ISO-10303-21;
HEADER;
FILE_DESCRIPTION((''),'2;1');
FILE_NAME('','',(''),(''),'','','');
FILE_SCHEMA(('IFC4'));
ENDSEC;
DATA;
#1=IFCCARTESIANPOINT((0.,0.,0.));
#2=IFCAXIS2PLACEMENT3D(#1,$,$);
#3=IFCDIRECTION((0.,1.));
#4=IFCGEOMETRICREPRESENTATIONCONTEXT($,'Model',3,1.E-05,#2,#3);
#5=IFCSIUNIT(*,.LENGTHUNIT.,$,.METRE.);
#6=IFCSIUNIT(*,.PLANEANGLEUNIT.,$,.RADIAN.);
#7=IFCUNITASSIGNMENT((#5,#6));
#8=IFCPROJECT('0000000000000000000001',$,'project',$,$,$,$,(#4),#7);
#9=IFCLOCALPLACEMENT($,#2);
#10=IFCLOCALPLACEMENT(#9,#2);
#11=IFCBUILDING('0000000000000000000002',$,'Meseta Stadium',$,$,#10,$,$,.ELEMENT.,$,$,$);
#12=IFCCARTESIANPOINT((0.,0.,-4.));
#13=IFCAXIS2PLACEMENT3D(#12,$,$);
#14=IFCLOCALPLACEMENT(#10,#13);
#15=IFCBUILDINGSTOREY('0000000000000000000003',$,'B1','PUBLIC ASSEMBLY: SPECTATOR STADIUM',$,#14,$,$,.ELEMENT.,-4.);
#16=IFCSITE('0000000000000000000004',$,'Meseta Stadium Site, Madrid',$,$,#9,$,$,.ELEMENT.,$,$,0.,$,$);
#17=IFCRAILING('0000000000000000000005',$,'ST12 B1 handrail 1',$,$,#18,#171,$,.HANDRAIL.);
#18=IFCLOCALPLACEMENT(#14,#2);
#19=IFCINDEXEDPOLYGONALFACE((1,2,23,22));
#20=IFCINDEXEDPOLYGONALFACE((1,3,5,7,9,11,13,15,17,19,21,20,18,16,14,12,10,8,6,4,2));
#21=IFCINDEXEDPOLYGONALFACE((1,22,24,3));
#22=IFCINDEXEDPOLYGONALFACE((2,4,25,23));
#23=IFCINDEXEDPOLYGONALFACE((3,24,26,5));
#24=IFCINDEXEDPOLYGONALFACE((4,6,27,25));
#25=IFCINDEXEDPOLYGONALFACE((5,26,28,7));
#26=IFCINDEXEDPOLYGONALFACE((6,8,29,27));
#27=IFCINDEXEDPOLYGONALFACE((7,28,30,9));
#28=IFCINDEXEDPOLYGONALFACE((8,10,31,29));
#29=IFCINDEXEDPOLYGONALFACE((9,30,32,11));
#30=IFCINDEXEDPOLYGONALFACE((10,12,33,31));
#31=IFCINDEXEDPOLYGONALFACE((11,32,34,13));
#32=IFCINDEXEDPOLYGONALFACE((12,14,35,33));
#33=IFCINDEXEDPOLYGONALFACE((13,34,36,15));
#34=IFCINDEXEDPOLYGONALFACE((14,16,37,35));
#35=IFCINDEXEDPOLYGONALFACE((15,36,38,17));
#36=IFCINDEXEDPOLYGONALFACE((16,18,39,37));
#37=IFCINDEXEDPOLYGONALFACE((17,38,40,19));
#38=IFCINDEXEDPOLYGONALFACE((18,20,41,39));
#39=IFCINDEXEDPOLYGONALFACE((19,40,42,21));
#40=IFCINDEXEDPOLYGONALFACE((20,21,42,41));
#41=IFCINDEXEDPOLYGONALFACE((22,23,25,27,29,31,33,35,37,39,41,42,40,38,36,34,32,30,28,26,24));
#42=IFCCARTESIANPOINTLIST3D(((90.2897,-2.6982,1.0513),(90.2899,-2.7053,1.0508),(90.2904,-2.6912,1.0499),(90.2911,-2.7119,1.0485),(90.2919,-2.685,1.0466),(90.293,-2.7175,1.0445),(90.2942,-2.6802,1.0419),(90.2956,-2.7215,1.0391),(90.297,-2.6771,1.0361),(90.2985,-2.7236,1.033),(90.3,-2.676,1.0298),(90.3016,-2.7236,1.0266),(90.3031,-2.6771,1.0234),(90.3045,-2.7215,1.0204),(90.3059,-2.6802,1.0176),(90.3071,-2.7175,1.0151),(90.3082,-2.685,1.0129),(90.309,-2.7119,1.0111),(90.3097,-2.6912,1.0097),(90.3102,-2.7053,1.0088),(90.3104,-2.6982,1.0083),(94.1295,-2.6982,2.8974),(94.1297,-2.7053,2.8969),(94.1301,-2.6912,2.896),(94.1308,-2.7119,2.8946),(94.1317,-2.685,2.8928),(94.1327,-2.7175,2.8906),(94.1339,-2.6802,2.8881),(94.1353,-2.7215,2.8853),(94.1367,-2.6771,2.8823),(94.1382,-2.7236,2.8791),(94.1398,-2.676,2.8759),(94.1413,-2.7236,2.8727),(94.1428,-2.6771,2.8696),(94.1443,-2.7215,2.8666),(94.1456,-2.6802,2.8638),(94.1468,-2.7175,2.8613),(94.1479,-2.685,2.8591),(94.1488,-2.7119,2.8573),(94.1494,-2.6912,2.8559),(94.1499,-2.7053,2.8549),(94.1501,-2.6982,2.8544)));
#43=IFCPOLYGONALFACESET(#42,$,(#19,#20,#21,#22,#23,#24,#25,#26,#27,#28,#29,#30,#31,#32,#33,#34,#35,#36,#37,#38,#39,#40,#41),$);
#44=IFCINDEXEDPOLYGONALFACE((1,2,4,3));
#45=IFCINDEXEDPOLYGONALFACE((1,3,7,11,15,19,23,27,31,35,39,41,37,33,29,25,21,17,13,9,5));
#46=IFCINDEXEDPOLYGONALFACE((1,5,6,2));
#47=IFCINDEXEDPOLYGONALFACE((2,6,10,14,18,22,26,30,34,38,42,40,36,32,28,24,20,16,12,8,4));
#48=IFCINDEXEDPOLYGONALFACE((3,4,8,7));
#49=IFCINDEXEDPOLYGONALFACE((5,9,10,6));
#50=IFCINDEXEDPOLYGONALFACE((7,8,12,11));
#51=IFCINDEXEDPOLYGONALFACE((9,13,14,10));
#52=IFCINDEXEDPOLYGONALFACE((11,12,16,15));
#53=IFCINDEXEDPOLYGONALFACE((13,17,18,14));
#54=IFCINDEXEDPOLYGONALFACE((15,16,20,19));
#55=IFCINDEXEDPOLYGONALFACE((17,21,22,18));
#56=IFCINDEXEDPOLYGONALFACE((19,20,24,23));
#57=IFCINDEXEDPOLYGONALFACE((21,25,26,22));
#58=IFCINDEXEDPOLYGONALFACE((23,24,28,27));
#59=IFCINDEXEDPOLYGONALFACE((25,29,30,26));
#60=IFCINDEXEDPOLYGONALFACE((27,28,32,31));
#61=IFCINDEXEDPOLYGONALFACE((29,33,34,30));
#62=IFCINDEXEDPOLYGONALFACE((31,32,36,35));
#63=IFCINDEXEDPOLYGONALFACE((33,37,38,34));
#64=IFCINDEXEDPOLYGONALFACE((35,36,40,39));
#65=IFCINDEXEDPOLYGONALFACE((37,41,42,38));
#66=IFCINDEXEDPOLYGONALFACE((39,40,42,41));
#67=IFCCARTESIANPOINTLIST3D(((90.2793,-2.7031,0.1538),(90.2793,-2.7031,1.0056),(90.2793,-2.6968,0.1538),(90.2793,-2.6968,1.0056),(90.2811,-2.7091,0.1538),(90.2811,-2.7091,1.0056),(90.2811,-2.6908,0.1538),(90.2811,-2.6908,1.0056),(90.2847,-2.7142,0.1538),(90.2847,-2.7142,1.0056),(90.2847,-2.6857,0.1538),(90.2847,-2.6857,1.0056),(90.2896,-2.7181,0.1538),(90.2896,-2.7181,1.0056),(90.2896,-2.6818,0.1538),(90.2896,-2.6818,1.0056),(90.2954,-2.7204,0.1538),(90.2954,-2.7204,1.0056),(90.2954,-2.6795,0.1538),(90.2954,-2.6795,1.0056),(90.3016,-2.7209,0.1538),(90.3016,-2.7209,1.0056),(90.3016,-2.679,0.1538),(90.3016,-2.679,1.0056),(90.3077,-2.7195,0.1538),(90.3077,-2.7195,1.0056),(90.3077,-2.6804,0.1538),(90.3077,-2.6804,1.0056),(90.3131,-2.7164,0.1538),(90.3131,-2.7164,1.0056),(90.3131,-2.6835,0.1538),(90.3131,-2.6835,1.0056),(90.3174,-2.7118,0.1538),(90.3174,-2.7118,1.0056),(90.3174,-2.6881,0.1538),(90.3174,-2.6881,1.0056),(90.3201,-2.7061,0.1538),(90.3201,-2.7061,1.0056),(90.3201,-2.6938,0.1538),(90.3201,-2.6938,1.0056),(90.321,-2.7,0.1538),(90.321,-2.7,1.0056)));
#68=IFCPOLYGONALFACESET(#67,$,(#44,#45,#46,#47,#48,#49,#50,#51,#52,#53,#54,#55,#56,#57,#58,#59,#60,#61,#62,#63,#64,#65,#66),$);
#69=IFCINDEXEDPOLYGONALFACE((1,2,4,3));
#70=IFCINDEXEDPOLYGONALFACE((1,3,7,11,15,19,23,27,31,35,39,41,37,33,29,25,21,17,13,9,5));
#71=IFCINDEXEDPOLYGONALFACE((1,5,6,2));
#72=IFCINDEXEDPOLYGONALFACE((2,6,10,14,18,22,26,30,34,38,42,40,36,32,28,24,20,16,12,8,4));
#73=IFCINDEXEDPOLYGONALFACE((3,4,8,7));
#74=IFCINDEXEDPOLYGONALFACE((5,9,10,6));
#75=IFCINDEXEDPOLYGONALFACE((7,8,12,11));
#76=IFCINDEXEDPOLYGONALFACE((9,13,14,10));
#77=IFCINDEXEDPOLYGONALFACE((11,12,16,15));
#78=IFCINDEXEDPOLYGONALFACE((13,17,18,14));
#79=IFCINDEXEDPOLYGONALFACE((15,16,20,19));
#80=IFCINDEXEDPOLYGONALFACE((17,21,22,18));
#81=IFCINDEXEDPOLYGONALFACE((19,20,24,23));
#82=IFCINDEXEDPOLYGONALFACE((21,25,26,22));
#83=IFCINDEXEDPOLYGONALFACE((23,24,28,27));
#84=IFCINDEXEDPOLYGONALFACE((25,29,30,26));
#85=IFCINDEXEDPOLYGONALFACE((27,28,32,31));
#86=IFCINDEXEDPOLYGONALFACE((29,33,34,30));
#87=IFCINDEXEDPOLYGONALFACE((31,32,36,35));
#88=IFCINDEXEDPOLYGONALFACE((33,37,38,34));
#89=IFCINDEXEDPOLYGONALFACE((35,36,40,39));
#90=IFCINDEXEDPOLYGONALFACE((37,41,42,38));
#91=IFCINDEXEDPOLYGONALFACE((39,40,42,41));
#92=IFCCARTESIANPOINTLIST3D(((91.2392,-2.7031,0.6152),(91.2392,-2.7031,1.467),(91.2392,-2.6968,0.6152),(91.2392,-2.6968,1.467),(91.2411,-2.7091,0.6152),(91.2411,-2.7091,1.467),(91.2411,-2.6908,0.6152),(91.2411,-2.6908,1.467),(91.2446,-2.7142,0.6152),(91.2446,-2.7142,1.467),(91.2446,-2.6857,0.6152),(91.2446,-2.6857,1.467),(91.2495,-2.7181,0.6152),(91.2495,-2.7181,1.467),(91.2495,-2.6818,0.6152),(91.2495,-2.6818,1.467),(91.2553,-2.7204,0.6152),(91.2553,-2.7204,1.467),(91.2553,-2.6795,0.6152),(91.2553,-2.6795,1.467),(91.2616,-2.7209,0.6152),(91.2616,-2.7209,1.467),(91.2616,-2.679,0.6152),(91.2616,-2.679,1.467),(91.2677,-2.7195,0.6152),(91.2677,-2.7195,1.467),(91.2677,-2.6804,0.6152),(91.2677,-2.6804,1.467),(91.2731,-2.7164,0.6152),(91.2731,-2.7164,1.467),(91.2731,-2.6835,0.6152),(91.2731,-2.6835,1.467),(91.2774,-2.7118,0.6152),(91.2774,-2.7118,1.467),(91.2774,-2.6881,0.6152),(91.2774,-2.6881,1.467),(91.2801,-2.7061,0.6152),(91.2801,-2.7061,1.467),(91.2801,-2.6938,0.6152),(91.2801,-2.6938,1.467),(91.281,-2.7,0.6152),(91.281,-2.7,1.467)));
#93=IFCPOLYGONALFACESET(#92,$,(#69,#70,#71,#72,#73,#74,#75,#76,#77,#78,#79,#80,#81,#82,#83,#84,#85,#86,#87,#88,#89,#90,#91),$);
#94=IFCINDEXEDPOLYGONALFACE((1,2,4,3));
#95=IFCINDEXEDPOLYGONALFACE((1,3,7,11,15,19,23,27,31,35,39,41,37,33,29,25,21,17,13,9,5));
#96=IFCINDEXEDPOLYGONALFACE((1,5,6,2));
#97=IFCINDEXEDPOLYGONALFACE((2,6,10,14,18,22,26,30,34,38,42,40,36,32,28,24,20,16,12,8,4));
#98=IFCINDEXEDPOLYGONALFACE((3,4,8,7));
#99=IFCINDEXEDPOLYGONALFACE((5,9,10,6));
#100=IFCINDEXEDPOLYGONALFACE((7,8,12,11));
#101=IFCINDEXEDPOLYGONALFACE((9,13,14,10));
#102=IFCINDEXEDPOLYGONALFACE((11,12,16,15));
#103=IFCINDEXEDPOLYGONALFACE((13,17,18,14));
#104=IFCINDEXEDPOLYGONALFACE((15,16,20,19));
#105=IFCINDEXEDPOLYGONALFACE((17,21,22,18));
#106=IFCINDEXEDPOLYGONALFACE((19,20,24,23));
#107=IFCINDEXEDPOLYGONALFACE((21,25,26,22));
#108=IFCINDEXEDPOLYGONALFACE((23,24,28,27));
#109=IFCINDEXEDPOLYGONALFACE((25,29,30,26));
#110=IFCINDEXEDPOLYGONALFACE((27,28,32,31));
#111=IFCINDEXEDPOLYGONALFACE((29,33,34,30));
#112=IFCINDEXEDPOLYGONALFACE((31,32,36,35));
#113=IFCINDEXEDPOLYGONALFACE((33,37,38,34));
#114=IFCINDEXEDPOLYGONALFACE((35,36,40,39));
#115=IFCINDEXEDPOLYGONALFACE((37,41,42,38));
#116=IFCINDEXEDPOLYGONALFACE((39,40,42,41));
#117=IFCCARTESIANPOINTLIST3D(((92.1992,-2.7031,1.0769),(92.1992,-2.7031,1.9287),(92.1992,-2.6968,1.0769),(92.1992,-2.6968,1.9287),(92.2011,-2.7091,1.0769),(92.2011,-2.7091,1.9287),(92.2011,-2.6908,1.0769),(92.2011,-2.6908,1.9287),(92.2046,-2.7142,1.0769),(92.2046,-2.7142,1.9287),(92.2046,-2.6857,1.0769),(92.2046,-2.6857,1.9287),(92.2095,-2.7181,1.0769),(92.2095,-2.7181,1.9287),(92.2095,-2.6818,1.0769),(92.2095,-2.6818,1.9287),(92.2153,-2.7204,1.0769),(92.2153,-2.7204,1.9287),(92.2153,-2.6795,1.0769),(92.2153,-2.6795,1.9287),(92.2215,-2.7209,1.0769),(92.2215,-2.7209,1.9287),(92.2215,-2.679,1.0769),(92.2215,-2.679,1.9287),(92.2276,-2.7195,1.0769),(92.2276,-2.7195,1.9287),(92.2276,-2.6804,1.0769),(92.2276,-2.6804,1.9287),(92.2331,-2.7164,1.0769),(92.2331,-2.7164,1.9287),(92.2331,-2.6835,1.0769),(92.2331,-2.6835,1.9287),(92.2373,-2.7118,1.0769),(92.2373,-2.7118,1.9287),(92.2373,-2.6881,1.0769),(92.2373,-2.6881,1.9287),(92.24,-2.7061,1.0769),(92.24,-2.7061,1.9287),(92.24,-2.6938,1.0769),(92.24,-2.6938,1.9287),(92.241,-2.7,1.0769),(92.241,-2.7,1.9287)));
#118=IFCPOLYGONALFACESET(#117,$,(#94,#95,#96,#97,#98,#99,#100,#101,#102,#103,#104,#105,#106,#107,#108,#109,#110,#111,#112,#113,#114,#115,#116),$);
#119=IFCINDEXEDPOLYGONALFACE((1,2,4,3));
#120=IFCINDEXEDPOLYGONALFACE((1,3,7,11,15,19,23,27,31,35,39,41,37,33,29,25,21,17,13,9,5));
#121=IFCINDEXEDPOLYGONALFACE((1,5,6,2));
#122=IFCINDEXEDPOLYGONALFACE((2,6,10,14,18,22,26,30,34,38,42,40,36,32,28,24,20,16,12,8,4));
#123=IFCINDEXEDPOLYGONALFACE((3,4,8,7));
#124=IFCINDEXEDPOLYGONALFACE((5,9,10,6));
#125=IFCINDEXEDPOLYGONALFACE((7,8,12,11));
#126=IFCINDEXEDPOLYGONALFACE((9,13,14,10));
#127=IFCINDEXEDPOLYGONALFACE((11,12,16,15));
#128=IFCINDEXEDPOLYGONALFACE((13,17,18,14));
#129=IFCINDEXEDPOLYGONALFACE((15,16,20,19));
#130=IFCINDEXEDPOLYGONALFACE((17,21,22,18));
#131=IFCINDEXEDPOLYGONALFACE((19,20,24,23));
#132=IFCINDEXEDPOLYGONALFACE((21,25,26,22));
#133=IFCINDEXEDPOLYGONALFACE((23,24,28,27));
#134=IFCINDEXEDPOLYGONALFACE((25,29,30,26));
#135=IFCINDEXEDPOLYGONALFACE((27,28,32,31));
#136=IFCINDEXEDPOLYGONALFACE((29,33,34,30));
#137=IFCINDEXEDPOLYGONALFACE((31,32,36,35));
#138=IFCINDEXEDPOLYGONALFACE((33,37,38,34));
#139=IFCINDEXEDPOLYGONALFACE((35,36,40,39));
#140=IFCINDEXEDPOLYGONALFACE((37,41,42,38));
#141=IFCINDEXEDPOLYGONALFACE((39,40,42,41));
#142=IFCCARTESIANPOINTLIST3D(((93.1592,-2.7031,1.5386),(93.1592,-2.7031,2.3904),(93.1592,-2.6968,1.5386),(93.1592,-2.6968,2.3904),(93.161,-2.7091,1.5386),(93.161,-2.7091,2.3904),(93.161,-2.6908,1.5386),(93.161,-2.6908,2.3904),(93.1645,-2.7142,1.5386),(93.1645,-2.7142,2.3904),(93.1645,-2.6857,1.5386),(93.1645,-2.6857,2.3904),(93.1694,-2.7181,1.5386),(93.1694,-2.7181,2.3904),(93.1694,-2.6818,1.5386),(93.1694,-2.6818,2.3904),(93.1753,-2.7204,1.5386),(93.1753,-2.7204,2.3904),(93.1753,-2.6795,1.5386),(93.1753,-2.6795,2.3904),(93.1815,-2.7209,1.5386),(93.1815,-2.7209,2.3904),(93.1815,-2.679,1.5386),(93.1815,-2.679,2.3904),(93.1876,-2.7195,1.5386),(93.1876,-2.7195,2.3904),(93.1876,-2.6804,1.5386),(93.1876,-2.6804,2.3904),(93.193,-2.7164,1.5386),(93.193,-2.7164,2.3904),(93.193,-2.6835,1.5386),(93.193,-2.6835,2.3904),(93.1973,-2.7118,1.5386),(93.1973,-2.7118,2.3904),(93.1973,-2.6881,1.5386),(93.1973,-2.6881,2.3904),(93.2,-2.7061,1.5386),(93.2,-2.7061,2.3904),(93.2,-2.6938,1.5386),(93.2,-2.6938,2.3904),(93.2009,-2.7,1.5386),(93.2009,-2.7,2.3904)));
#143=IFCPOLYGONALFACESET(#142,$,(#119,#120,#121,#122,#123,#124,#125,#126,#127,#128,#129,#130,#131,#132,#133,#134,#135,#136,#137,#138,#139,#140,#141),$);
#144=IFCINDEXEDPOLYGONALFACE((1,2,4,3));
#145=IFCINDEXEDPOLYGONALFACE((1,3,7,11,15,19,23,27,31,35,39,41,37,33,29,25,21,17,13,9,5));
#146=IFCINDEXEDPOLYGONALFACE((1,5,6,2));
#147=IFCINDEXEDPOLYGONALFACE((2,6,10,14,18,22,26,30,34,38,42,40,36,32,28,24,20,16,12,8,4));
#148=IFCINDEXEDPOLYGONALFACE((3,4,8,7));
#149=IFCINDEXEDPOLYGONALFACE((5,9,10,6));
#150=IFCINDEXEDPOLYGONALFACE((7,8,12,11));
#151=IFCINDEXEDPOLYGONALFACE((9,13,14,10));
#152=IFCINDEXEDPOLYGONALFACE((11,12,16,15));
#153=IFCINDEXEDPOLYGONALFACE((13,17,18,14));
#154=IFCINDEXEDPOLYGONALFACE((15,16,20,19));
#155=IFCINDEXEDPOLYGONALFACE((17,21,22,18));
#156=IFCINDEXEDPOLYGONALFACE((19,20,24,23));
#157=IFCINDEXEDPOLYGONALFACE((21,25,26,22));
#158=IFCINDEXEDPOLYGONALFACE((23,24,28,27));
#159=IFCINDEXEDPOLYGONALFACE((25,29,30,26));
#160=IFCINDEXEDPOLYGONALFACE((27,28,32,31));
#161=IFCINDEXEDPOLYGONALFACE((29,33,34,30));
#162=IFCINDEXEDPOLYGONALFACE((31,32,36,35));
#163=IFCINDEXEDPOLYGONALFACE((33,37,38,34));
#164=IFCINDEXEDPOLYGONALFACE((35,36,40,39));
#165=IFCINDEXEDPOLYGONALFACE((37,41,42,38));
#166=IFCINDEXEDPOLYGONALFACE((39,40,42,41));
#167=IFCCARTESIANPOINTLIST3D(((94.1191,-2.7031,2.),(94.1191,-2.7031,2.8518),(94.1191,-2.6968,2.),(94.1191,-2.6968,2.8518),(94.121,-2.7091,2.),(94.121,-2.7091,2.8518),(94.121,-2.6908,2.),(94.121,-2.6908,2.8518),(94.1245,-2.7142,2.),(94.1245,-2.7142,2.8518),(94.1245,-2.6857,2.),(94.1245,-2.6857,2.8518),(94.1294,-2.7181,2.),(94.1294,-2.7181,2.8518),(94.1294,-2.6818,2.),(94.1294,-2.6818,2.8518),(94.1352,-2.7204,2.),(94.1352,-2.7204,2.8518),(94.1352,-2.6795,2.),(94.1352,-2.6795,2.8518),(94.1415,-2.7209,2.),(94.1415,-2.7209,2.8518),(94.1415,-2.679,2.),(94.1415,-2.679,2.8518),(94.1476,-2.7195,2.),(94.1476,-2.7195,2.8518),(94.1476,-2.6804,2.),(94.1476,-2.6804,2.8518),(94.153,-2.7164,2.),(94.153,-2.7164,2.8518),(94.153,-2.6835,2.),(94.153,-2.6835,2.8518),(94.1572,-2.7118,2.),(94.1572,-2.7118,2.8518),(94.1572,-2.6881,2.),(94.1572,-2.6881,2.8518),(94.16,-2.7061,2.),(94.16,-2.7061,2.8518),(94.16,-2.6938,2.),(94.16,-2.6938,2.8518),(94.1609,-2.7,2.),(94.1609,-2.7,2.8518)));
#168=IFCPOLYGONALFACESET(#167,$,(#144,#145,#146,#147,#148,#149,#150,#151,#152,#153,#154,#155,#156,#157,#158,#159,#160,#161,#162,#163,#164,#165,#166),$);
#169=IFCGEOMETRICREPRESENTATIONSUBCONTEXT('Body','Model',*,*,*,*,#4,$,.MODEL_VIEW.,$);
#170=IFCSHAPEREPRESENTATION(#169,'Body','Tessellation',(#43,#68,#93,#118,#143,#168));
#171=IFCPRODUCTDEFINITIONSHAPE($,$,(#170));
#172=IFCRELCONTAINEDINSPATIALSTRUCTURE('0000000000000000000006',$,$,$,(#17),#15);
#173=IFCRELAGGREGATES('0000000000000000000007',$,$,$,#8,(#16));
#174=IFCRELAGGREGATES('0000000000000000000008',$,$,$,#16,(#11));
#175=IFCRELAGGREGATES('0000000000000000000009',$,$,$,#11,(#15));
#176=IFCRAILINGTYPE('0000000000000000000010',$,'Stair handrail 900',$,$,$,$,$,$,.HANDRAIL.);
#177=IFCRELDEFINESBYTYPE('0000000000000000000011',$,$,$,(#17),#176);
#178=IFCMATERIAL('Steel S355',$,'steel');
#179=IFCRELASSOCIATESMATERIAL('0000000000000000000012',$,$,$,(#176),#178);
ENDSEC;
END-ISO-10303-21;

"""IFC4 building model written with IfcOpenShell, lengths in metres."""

from ifc_helpers import new_model, si_unit, direction, frame, origin, origin_2d, place, context, subcontext, project, spatial, circle, extrude, material, type_object, element, save


model = new_model("IFC4")

# Units and contexts
model_context = context("Model", 3, precision=1e-05, world=origin(), true_north=direction((0.0, 1.0)))
body_context = subcontext(model_context, "Body", "Model", "MODEL_VIEW")
ifc_project = project(units=[si_unit("LENGTHUNIT", "METRE"), si_unit("PLANEANGLEUNIT", "RADIAN")], contexts=[model_context])

# Site, building, storey
site_placement = place(None, origin())
site = spatial("IfcSite", under=ifc_project, at=site_placement, Name="Meseta Stadium Site, Madrid", CompositionType="ELEMENT", RefElevation=0.0)
building_placement = place(site_placement, origin())
building = spatial("IfcBuilding", under=site, at=building_placement, Name="Meseta Stadium", CompositionType="ELEMENT")
storey_placement = place(building_placement, frame((0.0, 0.0, -4.0)))
storey = spatial("IfcBuildingStorey", under=building, at=storey_placement, Name="B1", Description="PUBLIC ASSEMBLY: SPECTATOR STADIUM", CompositionType="ELEMENT", Elevation=-4.0)

# Railing
ifc_material_1 = material(Name="Steel S355", Category="steel")
railing_type_1 = type_object("IfcRailingType", Name="Stair handrail 900", PredefinedType="HANDRAIL", material=ifc_material_1)
for number, where, name in (
    (1, (90.3, -2.7, 0.1538), "ST12 B1 handrail 1"),
):
    element("IfcRailing", number, at=place(storey_placement, frame(where)), inside=storey, type_object=railing_type_1, Name=name, PredefinedType="HANDRAIL", context=body_context, shape_type="SweptSolid", body=[
        extrude(circle(Radius=0.0239, at=origin_2d()), frame((0.0, 0.0, 0.876), z_axis=(0.901242, 0.0, 0.433316), x_axis=(0.0, 1.0, 0.0)), (0.0, 0.0, 1.0), 4.2605),
        extrude(circle(Radius=0.021, at=origin_2d()), origin(), (0.0, 0.0, 1.0), 0.8518),
        extrude(circle(Radius=0.021, at=origin_2d()), frame((0.96, 0.0, 0.4614)), (0.0, 0.0, 1.0), 0.8518),
        extrude(circle(Radius=0.021, at=origin_2d()), frame((1.9199, 0.0, 0.9231)), (0.0, 0.0, 1.0), 0.8518),
        extrude(circle(Radius=0.021, at=origin_2d()), frame((2.8799, 0.0, 1.3848)), (0.0, 0.0, 1.0), 0.8518),
        extrude(circle(Radius=0.021, at=origin_2d()), frame((3.8398, 0.0, 1.8462)), (0.0, 0.0, 1.0), 0.8518),
    ])

save(model, "model.ifc")
